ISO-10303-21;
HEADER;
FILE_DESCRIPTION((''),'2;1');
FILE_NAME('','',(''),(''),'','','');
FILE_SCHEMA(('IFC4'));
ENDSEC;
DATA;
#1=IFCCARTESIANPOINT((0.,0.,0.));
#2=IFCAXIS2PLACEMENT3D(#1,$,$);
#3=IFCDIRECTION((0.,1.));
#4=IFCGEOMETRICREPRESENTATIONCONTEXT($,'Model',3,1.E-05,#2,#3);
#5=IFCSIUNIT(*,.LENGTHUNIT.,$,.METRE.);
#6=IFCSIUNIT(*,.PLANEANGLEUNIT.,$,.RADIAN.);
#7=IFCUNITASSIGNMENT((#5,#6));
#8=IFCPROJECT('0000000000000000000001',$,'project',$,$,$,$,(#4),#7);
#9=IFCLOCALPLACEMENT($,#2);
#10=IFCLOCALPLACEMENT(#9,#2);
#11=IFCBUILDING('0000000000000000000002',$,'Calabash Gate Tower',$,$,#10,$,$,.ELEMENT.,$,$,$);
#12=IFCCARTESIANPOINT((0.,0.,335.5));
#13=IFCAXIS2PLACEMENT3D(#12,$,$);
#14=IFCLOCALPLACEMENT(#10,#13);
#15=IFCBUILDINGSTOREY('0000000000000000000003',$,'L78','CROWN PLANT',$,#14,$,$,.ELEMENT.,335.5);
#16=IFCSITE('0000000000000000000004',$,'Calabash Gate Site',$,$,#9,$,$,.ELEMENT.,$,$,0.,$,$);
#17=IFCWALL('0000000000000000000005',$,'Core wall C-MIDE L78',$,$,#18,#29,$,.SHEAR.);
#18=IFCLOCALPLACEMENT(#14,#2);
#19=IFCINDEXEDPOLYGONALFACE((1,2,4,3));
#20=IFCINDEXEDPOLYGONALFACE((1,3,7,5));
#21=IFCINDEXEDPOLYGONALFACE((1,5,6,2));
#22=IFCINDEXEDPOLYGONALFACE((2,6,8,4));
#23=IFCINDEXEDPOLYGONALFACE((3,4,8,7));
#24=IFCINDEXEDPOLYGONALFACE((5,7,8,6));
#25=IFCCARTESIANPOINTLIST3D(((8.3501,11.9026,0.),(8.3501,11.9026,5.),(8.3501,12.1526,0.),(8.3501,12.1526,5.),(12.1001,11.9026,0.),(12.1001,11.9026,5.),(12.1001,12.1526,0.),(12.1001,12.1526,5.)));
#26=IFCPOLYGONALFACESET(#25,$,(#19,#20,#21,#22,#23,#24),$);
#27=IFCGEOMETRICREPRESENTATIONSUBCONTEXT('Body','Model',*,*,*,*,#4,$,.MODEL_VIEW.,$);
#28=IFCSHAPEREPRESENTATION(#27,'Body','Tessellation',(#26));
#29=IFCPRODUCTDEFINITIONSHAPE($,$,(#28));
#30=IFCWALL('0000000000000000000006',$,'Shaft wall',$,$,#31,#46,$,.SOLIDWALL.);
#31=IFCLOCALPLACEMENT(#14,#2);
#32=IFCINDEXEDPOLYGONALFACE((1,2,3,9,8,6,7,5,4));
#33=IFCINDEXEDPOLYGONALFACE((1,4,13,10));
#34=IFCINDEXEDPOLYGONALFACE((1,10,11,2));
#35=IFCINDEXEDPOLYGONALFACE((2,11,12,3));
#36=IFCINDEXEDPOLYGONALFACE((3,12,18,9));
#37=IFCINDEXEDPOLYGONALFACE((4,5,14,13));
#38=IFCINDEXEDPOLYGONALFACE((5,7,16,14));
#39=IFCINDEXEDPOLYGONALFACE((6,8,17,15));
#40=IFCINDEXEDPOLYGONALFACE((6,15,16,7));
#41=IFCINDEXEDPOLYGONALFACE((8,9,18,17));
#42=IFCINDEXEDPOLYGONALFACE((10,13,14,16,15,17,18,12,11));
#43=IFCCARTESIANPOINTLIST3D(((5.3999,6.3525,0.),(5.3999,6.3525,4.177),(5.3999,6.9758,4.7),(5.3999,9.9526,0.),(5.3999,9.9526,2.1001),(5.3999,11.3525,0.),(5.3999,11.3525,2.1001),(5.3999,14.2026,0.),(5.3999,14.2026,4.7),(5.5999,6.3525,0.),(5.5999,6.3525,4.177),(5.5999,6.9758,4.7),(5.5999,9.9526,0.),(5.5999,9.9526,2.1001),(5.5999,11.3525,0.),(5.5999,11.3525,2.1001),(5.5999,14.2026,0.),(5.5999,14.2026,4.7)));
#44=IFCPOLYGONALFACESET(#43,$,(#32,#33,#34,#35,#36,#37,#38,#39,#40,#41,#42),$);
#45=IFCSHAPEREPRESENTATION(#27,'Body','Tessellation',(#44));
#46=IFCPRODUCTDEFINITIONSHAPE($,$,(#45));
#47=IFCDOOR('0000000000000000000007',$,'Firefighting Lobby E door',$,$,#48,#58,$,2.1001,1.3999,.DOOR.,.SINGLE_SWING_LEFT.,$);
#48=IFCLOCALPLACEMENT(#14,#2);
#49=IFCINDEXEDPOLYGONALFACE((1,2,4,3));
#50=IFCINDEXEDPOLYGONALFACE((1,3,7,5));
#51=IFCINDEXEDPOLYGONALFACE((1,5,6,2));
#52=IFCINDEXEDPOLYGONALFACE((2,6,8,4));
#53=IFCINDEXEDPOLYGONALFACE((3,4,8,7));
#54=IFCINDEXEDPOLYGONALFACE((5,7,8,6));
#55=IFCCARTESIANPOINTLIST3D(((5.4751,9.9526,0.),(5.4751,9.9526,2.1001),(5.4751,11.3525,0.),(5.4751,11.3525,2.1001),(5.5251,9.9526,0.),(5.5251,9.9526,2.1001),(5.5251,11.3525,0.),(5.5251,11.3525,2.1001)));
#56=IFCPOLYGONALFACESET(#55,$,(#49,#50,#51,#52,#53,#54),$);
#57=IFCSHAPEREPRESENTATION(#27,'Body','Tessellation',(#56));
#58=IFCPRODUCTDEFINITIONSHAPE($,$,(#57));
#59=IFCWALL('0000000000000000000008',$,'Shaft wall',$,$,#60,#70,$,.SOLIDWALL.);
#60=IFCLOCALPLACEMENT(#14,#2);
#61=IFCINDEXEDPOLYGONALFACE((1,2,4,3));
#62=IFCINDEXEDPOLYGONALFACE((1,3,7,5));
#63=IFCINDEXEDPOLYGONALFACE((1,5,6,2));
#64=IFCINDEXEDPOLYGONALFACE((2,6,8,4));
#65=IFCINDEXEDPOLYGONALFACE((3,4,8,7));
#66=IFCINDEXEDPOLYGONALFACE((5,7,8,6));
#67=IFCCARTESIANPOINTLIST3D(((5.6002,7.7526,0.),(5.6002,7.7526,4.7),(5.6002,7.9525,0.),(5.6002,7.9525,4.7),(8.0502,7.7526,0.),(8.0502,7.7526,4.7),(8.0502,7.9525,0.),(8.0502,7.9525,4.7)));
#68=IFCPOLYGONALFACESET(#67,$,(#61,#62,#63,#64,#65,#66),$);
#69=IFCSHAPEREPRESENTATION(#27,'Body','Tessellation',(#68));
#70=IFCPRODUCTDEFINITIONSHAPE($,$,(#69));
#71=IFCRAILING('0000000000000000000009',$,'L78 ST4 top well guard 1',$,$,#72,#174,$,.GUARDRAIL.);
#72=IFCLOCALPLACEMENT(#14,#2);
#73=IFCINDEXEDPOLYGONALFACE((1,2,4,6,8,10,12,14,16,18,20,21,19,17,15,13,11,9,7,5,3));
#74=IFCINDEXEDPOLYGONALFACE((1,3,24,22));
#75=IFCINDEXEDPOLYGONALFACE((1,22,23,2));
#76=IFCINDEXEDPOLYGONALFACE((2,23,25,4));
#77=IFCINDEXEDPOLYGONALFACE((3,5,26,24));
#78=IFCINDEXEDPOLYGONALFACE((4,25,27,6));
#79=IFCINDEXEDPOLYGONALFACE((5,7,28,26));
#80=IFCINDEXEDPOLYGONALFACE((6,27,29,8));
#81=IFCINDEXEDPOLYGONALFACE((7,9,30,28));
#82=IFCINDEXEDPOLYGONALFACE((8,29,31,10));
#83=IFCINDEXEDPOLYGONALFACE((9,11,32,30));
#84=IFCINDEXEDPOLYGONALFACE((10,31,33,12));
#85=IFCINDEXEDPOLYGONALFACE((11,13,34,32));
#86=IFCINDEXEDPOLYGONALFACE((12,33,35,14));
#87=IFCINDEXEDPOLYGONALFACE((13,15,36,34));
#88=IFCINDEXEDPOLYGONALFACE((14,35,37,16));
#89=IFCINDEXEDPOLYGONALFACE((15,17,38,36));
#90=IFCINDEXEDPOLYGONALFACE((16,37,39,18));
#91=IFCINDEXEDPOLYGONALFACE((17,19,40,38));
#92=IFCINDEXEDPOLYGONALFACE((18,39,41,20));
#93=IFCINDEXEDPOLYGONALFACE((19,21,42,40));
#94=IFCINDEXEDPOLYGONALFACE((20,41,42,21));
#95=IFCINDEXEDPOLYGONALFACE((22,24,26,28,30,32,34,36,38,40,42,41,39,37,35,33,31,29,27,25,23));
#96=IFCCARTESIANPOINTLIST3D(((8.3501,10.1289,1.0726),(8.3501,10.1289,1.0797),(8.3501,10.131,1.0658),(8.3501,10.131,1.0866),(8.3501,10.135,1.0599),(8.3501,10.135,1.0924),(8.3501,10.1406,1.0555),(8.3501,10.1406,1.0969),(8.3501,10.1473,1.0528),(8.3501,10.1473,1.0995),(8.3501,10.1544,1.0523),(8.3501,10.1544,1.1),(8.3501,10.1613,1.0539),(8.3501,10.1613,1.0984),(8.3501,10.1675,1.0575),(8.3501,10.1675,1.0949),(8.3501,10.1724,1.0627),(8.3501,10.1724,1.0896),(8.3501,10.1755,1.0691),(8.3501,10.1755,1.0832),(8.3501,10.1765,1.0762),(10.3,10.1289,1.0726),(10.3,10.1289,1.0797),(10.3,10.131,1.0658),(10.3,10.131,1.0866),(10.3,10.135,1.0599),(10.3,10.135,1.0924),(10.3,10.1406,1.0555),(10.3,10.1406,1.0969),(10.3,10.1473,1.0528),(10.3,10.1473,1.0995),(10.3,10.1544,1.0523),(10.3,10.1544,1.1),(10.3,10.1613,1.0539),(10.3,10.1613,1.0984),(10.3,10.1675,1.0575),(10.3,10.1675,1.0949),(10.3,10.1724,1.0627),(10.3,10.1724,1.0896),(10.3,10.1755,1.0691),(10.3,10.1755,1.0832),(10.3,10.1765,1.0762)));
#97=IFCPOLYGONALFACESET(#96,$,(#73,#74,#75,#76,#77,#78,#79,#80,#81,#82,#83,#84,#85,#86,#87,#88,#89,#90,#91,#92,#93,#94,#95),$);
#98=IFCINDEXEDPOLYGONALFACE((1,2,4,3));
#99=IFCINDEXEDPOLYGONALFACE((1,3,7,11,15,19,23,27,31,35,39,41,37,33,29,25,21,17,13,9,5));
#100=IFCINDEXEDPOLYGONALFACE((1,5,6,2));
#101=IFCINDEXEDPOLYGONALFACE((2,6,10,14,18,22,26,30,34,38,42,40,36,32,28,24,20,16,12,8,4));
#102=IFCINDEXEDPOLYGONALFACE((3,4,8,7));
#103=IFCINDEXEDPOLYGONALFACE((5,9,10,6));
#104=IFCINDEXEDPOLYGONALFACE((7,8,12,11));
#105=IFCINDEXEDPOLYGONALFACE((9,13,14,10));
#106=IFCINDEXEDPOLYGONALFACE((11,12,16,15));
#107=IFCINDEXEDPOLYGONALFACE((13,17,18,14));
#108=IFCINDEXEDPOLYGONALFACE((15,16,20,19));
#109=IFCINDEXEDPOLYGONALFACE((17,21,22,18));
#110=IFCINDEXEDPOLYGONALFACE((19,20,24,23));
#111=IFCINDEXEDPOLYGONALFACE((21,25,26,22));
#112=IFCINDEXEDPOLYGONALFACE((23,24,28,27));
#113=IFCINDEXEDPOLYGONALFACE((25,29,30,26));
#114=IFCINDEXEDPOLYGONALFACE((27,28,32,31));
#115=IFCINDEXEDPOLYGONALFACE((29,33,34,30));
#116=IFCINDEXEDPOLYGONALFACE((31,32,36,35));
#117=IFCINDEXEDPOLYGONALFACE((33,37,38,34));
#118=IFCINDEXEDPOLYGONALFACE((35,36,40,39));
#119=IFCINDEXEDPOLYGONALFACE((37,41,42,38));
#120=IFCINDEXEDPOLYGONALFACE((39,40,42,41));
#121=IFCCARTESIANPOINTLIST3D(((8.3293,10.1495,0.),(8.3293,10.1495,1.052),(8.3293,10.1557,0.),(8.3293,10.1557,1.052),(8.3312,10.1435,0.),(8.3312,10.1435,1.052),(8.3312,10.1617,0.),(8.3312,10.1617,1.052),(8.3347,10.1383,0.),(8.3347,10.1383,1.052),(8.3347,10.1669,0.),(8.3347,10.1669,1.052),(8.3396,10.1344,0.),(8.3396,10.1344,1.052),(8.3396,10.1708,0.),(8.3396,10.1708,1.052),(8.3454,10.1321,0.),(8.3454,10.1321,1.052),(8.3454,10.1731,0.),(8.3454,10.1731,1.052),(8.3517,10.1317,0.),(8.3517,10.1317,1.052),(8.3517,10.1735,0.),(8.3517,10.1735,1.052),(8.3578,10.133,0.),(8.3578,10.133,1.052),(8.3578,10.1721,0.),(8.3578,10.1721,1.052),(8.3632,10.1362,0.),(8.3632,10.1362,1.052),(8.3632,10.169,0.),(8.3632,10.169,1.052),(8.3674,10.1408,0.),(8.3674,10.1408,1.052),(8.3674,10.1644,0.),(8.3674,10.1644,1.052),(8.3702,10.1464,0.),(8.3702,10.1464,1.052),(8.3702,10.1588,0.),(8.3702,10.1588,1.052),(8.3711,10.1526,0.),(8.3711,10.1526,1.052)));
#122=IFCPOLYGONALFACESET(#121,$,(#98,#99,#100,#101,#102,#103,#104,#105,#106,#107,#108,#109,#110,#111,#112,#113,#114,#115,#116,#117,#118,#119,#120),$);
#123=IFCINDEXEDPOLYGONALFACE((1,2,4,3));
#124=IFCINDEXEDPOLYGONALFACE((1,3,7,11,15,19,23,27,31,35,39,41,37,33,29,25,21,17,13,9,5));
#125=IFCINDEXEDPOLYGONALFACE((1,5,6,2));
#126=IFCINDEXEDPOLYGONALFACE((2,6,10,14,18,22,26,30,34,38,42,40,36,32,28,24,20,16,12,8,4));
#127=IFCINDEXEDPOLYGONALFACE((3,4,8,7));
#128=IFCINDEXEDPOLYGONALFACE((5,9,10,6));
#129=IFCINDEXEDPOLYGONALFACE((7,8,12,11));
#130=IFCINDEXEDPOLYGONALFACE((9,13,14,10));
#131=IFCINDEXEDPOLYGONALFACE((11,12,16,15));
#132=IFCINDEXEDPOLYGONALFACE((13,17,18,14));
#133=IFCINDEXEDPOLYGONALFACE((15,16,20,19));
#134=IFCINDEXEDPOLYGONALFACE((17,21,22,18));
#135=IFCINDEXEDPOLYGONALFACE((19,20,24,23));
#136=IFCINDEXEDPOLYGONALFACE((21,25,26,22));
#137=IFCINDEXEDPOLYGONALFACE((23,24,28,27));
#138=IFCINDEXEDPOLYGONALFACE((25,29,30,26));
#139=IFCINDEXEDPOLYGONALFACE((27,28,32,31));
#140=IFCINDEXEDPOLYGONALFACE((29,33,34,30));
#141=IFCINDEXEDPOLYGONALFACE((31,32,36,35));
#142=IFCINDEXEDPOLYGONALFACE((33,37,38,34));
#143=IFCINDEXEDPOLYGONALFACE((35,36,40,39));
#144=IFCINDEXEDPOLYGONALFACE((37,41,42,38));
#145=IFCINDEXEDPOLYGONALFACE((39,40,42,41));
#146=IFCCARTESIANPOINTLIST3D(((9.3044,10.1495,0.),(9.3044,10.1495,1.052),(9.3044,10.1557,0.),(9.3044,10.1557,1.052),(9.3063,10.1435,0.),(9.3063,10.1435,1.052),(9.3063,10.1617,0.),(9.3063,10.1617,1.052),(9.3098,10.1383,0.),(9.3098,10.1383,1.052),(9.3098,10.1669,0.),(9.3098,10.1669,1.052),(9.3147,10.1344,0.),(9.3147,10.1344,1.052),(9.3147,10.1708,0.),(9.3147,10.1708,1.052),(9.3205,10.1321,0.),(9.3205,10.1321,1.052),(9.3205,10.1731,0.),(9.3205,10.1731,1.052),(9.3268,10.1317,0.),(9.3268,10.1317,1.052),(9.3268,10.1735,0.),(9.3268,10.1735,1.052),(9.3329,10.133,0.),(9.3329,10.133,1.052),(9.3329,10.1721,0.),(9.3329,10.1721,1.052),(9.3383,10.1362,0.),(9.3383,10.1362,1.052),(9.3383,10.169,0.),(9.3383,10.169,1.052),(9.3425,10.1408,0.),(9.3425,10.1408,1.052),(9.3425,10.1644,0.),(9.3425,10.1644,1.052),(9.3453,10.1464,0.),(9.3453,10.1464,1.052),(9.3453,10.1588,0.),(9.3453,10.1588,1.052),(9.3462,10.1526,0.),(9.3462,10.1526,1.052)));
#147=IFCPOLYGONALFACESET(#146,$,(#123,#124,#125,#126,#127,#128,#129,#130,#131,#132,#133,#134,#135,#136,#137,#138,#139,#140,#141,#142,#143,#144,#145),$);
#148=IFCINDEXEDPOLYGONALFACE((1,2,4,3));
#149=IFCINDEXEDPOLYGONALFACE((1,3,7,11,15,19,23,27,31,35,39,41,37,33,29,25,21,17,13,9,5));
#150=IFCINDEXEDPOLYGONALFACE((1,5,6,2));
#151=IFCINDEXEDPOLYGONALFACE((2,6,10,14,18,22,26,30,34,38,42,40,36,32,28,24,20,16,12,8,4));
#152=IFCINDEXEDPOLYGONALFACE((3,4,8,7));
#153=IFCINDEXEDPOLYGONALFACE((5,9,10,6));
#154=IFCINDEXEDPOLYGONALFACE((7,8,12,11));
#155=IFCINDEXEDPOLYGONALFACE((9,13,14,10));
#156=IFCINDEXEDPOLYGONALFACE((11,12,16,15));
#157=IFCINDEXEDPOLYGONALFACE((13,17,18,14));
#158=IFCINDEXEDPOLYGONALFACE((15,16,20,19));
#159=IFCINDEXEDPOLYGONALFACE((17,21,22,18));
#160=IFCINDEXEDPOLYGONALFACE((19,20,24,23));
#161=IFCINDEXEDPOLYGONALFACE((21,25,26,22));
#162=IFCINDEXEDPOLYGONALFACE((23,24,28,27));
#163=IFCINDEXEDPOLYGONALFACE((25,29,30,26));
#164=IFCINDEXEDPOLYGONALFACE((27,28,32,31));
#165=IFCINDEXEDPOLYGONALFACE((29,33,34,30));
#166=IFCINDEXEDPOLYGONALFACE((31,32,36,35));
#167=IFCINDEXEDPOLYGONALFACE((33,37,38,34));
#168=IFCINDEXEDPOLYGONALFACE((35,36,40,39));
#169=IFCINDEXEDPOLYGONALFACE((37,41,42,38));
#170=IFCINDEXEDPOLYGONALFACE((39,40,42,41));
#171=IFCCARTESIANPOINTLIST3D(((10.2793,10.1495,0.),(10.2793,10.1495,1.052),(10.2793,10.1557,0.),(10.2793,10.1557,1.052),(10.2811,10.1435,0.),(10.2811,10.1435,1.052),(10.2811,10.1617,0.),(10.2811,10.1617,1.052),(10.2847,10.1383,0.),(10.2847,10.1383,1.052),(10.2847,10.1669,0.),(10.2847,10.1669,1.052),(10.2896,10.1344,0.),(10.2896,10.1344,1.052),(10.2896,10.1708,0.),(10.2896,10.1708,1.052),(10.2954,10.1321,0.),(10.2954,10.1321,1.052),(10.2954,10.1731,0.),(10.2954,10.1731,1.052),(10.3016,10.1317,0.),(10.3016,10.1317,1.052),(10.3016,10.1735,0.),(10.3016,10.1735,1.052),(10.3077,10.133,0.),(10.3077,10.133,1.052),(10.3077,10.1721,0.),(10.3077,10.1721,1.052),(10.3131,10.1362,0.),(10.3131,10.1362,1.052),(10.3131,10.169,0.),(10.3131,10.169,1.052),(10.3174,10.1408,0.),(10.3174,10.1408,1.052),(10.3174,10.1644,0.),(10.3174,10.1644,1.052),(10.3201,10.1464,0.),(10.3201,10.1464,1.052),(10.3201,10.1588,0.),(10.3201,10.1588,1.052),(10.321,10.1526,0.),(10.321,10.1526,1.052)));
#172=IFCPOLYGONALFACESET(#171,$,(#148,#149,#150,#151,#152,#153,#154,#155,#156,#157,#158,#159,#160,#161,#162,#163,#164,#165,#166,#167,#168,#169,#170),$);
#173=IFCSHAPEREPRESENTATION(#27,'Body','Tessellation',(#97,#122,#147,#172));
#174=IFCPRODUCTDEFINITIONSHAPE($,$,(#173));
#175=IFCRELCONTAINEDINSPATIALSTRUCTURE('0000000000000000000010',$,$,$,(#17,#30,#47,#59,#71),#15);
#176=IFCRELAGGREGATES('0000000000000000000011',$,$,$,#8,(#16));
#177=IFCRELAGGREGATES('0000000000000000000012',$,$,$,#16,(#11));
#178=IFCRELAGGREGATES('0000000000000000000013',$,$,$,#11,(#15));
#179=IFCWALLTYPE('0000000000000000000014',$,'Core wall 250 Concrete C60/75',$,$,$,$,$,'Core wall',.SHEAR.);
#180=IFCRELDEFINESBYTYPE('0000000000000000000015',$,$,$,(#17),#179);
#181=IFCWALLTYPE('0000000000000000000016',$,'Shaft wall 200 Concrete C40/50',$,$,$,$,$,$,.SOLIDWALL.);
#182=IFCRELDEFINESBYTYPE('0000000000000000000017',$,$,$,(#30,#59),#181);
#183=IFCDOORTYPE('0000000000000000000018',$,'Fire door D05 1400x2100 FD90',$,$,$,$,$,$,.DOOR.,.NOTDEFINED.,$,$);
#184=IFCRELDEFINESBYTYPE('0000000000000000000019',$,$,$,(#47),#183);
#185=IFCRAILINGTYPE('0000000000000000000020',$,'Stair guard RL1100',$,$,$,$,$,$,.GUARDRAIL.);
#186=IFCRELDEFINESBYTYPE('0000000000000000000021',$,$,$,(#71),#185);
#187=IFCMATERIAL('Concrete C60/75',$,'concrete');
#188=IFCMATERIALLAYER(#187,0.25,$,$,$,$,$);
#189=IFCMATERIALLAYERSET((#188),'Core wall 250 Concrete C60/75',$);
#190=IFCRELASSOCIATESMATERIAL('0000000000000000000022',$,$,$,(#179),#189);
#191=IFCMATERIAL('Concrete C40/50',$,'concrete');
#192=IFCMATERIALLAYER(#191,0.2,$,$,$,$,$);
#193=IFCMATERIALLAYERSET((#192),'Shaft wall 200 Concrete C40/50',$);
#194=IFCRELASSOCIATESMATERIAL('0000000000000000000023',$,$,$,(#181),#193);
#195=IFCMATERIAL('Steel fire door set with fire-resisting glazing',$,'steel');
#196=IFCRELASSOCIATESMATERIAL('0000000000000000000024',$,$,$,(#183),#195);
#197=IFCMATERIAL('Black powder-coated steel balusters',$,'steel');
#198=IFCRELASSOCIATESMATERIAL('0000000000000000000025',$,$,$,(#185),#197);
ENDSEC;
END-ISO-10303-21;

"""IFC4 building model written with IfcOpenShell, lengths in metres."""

from ifc_helpers import new_model, si_unit, direction, frame, frame_2d, origin, origin_2d, place, context, subcontext, project, spatial, polyline, rectangle, circle, outline, extrude, material, layer, layer_set, type_object, element, fill, save


model = new_model("IFC4")

# Units and contexts
model_context = context("Model", 3, precision=1e-05, world=origin(), true_north=direction((0.0, 1.0)))
body_context = subcontext(model_context, "Body", "Model", "MODEL_VIEW")
ifc_project = project(units=[si_unit("LENGTHUNIT", "METRE"), si_unit("PLANEANGLEUNIT", "RADIAN")], contexts=[model_context])

# Site, building, storey
site_placement = place(None, origin())
site = spatial("IfcSite", under=ifc_project, at=site_placement, Name="Calabash Gate Site", CompositionType="ELEMENT", RefElevation=0.0)
building_placement = place(site_placement, origin())
building = spatial("IfcBuilding", under=site, at=building_placement, Name="Calabash Gate Tower", CompositionType="ELEMENT")
storey_placement = place(building_placement, frame((0.0, 0.0, 335.5)))
storey = spatial("IfcBuildingStorey", under=building, at=storey_placement, Name="L78", Description="CROWN PLANT", CompositionType="ELEMENT", Elevation=335.5)

# Wall
ifc_material_1 = material(Name="Concrete C60/75", Category="concrete")
ifc_layer_1 = layer(ifc_material_1, 0.25)
ifc_layer_set_1 = layer_set([ifc_layer_1], Name="Core wall 250 Concrete C60/75")
wall_type_1 = type_object("IfcWallType", Name="Core wall 250 Concrete C60/75", ElementType="Core wall", PredefinedType="SHEAR", material=ifc_layer_set_1)
wall_1_placement = place(storey_placement, frame((8.3501, 12.0276, 0.0), z_axis=(0.0, 0.0, 1.0), x_axis=(1.0, 0.0, 0.0)))
element("IfcWall", 1, at=wall_1_placement, inside=storey, type_object=wall_type_1, Name="Core wall C-MIDE L78", PredefinedType="SHEAR", context=body_context, shape_type="SweptSolid", body=[
    extrude(rectangle(XDim=3.75, YDim=0.25, at=frame_2d((1.875, 0.0))), origin(), (0.0, 0.0, 1.0), 5.0),
])

# Wall, opening, door
ifc_material_2 = material(Name="Concrete C40/50", Category="concrete")
ifc_layer_2 = layer(ifc_material_2, 0.2)
ifc_layer_set_2 = layer_set([ifc_layer_2], Name="Shaft wall 200 Concrete C40/50")
wall_type_2 = type_object("IfcWallType", Name="Shaft wall 200 Concrete C40/50", PredefinedType="SOLIDWALL", material=ifc_layer_set_2)
wall_2_placement = place(storey_placement, frame((5.5, 6.3525, 0.0), z_axis=(0.0, 0.0, 1.0), x_axis=(0.0, 1.0, 0.0)))
wall_2 = element("IfcWall", 2, at=wall_2_placement, inside=storey, type_object=wall_type_2, Name="Shaft wall", PredefinedType="SOLIDWALL", context=body_context, shape_type="SweptSolid", body=[
    extrude(outline(polyline([(0.0, 0.0), (7.8501, 0.0), (7.8501, 4.7), (0.6233, 4.7), (0.0, 4.177), (0.0, 0.0)])), frame((0.0, 0.1001, 0.0), z_axis=(0.0, -1.0, 0.0), x_axis=(1.0, 0.0, 0.0)), (0.0, 0.0, 1.0), 0.2),
])
opening_placement = place(wall_2_placement, frame((3.6001, 0.0, 0.0)))
opening = element("IfcOpeningElement", 3, at=opening_placement, cuts=wall_2, PredefinedType="OPENING", context=body_context, shape_type="SweptSolid", body=[
    extrude(rectangle(XDim=1.3999, YDim=2.1001, at=frame_2d((0.7, 1.05))), frame((0.0, 0.1099, 0.0), z_axis=(0.0, -1.0, 0.0), x_axis=(1.0, 0.0, 0.0)), (0.0, 0.0, 1.0), 0.22),
])
ifc_material_3 = material(Name="Steel fire door set with fire-resisting glazing", Category="steel")
door_type = type_object("IfcDoorType", Name="Fire door D05 1400x2100 FD90", OperationType="NOTDEFINED", PredefinedType="DOOR", material=ifc_material_3)
door_placement = place(opening_placement, origin())
door = element("IfcDoor", 4, at=door_placement, inside=storey, type_object=door_type, Name="Firefighting Lobby E door", OperationType="SINGLE_SWING_LEFT", OverallHeight=2.1001, OverallWidth=1.3999, PredefinedType="DOOR", context=body_context, shape_type="SweptSolid", body=[
    extrude(rectangle(XDim=1.3999, YDim=2.1001, at=frame_2d((0.7, 1.05))), frame((0.0, 0.0249, 0.0), z_axis=(0.0, -1.0, 0.0), x_axis=(1.0, 0.0, 0.0)), (0.0, 0.0, 1.0), 0.05),
])
fill(opening, door)

# Wall
wall_3_placement = place(storey_placement, frame((5.6001, 7.8525, 0.0), z_axis=(0.0, 0.0, 1.0), x_axis=(1.0, 0.0, 0.0)))
element("IfcWall", 5, at=wall_3_placement, inside=storey, type_object=wall_type_2, Name="Shaft wall", PredefinedType="SOLIDWALL", context=body_context, shape_type="SweptSolid", body=[
    extrude(rectangle(XDim=2.45, YDim=0.2, at=frame_2d((1.2251, 0.0))), origin(), (0.0, 0.0, 1.0), 4.7),
])

# Railing
ifc_material_4 = material(Name="Black powder-coated steel balusters", Category="steel")
railing_type = type_object("IfcRailingType", Name="Stair guard RL1100", PredefinedType="GUARDRAIL", material=ifc_material_4)
railing_placement = place(storey_placement, frame((8.3501, 10.1526, 0.0)))
element("IfcRailing", 6, at=railing_placement, inside=storey, type_object=railing_type, Name="L78 ST4 top well guard 1", PredefinedType="GUARDRAIL", context=body_context, shape_type="SweptSolid", body=[
    extrude(circle(Radius=0.0239, at=origin_2d()), frame((0.0, 0.0, 1.0762), z_axis=(1.0, 0.0, 0.0), x_axis=(0.0, 1.0, 0.0)), (0.0, 0.0, 1.0), 1.95),
    extrude(circle(Radius=0.021, at=origin_2d()), origin(), (0.0, 0.0, 1.0), 1.052),
    extrude(circle(Radius=0.021, at=origin_2d()), frame((0.9751, 0.0, 0.0)), (0.0, 0.0, 1.0), 1.052),
    extrude(circle(Radius=0.021, at=origin_2d()), frame((1.95, 0.0, 0.0)), (0.0, 0.0, 1.0), 1.052),
])

save(model, "model.ifc")
